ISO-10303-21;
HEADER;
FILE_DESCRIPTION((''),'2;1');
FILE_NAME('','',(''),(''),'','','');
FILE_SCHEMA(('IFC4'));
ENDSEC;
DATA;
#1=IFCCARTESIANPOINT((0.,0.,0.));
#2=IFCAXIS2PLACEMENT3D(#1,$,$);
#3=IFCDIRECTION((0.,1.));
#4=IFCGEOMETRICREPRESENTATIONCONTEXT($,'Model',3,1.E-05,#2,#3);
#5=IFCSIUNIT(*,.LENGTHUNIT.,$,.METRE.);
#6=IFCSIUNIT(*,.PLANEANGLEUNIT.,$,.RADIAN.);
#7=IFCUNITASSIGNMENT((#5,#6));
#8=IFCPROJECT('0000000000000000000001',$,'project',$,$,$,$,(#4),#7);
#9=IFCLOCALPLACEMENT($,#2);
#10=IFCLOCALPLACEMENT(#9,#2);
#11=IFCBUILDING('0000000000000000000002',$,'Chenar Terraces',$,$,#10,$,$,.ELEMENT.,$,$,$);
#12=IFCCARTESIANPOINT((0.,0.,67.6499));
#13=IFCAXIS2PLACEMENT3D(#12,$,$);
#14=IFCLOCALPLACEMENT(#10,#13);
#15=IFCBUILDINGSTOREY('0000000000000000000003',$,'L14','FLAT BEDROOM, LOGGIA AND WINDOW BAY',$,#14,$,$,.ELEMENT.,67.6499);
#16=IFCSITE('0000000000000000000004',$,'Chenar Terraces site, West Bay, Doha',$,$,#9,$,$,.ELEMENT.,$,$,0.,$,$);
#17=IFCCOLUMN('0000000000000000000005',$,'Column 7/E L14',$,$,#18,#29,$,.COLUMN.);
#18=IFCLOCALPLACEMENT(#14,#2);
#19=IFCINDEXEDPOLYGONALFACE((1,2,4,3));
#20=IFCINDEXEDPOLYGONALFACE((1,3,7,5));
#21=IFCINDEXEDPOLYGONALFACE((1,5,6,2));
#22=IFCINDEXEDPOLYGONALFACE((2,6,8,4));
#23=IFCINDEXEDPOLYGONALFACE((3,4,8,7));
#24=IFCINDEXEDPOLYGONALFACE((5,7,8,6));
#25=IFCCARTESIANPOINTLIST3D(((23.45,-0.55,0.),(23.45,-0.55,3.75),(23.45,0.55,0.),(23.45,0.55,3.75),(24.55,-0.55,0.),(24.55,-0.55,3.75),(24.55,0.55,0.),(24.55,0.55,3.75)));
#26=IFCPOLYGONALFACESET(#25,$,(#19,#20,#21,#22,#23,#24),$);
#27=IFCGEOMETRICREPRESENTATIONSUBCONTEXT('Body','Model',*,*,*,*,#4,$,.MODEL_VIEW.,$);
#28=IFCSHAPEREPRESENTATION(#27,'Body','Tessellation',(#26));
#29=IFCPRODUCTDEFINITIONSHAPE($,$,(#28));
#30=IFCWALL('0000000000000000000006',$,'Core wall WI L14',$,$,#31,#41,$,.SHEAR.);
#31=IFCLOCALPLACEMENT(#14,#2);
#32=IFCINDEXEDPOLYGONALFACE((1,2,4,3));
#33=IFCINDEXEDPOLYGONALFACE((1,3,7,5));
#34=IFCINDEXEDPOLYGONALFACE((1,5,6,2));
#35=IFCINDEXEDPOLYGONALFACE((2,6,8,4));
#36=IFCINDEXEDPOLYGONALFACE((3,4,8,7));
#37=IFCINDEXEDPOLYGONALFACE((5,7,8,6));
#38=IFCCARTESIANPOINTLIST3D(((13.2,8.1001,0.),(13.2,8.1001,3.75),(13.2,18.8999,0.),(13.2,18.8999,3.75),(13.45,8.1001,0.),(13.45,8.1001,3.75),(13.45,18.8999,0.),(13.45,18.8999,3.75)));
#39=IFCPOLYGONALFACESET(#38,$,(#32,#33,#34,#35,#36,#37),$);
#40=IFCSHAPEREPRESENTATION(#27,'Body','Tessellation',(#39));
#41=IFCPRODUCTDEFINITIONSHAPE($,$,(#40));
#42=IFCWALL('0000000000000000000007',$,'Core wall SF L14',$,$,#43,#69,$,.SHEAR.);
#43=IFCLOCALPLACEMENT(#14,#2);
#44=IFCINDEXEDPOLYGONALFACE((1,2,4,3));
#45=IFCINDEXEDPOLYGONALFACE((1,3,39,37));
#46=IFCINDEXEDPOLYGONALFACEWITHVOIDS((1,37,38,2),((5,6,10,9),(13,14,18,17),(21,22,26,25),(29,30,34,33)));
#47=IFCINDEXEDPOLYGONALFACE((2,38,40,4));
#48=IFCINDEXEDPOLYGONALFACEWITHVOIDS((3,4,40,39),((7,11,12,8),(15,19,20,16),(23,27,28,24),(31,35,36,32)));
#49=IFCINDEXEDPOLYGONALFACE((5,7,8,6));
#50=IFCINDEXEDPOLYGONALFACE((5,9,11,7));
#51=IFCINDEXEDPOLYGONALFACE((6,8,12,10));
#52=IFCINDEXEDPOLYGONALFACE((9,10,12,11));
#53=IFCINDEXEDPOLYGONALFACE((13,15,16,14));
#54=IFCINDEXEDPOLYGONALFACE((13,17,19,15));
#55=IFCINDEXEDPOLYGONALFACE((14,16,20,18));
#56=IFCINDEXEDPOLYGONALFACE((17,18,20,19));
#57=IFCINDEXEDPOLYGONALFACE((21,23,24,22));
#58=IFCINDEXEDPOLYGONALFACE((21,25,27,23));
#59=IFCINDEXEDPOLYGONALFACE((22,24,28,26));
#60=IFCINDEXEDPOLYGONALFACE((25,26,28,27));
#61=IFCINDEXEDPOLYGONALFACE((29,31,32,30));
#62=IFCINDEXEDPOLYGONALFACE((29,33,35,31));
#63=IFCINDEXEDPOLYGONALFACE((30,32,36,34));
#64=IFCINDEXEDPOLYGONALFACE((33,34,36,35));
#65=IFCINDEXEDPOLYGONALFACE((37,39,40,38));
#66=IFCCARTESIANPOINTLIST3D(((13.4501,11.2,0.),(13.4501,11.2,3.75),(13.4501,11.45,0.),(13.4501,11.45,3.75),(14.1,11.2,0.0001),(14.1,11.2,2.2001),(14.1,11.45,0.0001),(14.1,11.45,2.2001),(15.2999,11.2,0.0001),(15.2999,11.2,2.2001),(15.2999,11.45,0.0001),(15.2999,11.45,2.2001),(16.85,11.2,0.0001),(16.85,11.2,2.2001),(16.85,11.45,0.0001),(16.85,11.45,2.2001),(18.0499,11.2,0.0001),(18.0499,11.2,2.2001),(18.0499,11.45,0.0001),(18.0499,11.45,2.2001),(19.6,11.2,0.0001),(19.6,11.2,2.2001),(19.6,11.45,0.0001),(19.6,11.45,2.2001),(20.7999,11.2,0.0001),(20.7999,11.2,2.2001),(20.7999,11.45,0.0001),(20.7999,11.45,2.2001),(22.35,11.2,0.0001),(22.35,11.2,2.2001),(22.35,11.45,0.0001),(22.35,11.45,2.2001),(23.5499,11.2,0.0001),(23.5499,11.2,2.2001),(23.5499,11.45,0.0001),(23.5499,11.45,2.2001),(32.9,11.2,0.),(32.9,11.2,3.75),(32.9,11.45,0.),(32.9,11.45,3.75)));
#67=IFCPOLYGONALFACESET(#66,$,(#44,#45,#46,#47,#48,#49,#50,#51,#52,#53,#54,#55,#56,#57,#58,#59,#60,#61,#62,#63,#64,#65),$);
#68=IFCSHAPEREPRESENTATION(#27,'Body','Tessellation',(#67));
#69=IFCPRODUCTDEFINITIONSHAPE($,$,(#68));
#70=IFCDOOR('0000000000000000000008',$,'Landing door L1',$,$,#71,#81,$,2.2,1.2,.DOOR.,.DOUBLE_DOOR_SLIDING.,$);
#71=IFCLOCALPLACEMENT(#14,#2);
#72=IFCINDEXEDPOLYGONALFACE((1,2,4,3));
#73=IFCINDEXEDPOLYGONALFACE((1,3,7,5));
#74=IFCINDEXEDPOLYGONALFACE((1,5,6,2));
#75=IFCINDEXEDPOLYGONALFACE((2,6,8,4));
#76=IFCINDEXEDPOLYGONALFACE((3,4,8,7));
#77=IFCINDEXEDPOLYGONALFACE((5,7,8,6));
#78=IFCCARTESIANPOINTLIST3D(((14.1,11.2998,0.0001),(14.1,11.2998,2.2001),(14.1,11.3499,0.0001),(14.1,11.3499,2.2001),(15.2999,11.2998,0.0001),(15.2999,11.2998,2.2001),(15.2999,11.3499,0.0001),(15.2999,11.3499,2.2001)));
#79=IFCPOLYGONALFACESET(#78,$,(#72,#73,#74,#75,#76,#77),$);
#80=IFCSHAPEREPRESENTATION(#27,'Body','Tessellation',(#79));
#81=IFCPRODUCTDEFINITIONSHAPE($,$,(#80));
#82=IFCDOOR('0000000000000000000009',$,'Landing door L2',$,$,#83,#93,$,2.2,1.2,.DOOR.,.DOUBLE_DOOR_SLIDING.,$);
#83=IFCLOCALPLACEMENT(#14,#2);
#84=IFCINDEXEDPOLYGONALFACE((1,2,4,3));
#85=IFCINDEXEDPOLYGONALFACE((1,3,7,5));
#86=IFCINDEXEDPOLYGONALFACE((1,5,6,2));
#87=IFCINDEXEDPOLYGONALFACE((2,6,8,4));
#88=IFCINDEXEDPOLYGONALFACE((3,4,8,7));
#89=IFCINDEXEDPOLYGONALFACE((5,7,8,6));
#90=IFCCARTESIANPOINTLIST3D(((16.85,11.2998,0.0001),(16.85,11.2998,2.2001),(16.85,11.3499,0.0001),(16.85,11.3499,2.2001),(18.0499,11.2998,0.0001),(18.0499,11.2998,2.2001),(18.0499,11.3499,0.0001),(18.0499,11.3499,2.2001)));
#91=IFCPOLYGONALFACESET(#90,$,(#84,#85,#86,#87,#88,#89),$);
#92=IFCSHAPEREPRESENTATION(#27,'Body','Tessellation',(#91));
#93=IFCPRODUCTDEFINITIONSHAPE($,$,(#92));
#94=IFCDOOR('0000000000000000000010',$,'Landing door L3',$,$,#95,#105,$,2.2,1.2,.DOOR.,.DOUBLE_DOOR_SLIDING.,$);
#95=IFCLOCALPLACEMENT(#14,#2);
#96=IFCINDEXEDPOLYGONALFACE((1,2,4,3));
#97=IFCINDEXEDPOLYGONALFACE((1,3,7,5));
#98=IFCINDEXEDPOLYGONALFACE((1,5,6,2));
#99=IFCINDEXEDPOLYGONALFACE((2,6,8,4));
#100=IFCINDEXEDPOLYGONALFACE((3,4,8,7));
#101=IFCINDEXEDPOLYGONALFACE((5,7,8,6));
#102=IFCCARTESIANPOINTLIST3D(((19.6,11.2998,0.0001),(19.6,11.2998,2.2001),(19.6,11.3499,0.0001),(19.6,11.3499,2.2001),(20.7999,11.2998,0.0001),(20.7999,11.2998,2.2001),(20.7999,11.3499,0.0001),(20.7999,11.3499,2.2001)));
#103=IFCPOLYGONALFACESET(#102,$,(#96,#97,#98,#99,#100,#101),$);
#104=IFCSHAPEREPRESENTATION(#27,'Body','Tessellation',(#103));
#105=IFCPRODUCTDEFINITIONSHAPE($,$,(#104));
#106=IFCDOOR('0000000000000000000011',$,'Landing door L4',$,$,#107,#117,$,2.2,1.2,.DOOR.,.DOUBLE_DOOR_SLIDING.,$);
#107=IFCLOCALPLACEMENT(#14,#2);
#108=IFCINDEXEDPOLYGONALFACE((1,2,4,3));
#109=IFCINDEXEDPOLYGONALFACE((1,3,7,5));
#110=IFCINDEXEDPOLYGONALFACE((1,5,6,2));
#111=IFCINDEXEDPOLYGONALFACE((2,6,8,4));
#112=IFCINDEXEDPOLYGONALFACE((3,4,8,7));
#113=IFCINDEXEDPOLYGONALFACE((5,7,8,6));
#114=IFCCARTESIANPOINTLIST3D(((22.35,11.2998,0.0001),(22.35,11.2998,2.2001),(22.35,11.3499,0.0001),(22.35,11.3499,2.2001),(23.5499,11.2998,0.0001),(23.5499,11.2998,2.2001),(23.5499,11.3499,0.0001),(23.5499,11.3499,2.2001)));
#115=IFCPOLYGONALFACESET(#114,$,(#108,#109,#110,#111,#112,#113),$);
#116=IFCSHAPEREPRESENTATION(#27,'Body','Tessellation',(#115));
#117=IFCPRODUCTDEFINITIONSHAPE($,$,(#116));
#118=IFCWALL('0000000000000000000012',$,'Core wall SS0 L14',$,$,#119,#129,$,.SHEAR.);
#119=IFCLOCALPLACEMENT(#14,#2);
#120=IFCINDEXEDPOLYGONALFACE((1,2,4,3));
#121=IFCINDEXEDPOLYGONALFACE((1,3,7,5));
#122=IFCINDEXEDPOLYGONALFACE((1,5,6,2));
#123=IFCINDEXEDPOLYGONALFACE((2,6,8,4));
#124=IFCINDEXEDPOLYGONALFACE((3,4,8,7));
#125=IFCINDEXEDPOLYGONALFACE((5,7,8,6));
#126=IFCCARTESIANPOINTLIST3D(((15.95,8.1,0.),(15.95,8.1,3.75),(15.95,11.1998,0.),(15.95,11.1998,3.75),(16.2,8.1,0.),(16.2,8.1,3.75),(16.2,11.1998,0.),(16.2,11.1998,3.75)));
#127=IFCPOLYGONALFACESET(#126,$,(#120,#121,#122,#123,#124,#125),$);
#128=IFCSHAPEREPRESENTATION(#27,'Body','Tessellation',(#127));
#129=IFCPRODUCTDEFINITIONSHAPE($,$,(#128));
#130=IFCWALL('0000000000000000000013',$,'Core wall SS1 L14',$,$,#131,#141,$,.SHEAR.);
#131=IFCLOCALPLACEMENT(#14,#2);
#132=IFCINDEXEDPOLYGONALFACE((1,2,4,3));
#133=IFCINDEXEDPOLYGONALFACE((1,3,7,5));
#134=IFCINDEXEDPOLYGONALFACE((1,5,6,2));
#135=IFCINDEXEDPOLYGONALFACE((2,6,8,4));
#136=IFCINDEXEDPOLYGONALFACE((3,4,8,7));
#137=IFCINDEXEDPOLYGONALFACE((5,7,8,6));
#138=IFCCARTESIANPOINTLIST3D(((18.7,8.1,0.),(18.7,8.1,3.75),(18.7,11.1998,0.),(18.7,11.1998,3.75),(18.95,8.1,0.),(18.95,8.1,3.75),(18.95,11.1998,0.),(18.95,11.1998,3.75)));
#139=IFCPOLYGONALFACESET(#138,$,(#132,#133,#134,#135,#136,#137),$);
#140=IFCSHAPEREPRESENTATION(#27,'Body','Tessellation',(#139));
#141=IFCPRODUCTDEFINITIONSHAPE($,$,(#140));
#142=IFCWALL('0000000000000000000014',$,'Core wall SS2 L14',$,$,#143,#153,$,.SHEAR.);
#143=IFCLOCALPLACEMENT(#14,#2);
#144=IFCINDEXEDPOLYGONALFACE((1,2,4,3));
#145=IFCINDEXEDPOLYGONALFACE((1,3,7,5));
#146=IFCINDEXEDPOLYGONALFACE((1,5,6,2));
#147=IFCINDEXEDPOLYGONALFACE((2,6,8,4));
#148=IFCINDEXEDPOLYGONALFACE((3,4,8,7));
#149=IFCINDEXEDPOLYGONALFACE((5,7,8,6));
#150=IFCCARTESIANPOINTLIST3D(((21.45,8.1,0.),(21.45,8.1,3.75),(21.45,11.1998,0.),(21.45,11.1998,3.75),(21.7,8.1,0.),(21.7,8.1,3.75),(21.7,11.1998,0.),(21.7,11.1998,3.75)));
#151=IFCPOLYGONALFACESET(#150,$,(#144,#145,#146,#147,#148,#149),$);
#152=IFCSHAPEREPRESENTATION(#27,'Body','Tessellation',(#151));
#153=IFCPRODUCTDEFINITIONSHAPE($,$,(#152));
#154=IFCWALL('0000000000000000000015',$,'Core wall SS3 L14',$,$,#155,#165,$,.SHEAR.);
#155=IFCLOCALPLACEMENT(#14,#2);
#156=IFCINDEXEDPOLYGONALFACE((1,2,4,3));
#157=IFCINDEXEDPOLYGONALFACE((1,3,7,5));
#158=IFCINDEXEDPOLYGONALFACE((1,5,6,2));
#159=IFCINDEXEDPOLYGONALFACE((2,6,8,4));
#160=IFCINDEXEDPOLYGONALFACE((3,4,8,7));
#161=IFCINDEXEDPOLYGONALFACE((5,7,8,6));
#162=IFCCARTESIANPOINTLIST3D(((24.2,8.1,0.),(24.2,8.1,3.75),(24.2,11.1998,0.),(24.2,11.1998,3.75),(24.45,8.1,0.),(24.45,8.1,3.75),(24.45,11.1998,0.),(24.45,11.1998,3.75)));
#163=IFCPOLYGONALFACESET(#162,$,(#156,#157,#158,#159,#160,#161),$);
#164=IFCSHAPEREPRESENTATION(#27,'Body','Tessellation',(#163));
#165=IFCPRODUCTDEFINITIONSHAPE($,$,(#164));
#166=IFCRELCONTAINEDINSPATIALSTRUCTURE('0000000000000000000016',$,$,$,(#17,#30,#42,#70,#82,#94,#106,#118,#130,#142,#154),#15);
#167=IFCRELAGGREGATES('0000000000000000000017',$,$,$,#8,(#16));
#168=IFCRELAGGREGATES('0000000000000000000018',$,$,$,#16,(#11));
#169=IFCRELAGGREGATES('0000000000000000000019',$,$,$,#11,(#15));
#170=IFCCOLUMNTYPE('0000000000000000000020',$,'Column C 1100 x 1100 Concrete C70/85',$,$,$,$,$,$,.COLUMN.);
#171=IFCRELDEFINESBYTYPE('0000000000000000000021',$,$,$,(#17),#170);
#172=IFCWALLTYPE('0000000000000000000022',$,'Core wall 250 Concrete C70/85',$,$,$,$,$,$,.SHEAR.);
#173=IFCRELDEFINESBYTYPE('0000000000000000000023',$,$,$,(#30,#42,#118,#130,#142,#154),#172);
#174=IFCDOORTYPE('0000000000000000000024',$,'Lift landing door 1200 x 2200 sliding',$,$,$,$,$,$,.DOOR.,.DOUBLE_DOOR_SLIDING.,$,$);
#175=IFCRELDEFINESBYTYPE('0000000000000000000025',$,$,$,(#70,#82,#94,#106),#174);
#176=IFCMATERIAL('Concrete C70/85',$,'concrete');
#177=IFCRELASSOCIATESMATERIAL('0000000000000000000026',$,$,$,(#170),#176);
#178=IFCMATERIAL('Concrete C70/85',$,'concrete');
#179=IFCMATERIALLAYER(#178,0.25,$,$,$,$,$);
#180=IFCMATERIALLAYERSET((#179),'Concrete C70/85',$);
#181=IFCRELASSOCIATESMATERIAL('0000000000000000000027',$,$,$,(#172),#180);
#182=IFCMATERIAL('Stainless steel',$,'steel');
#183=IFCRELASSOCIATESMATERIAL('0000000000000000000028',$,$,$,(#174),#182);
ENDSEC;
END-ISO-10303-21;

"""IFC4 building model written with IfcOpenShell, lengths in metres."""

from ifc_helpers import new_model, si_unit, direction, frame, frame_2d, origin, origin_2d, place, context, subcontext, project, spatial, rectangle, extrude, material, layer, layer_set, material_profile, profile_set, type_object, element, fill, save


model = new_model("IFC4")

# Units and contexts
model_context = context("Model", 3, precision=1e-05, world=origin(), true_north=direction((0.0, 1.0)))
body_context = subcontext(model_context, "Body", "Model", "MODEL_VIEW")
ifc_project = project(units=[si_unit("LENGTHUNIT", "METRE"), si_unit("PLANEANGLEUNIT", "RADIAN")], contexts=[model_context])

# Site, building, storey
site_placement = place(None, origin())
site = spatial("IfcSite", under=ifc_project, at=site_placement, Name="Chenar Terraces site, West Bay, Doha", CompositionType="ELEMENT", RefElevation=0.0)
building_placement = place(site_placement, origin())
building = spatial("IfcBuilding", under=site, at=building_placement, Name="Chenar Terraces", CompositionType="ELEMENT")
storey_placement = place(building_placement, frame((0.0, 0.0, 67.6499)))
storey = spatial("IfcBuildingStorey", under=building, at=storey_placement, Name="L14", Description="FLAT BEDROOM, LOGGIA AND WINDOW BAY", CompositionType="ELEMENT", Elevation=67.6499)

# Column
ifc_material_1 = material(Name="Concrete C70/85", Category="concrete")
ifc_material_profile = material_profile(ifc_material_1, rectangle(XDim=1.1001, YDim=1.1001, at=origin_2d()), Name="C 1100 x 1100")
ifc_profile_set = profile_set([ifc_material_profile], Name="Concrete C70/85")
column_type = type_object("IfcColumnType", Name="Column C 1100 x 1100 Concrete C70/85", PredefinedType="COLUMN", material=ifc_profile_set)
column_placement = place(storey_placement, frame((24.0, 0.0, 0.0), z_axis=(0.0, 0.0, 1.0), x_axis=(1.0, 0.0, 0.0)))
element("IfcColumn", 1, at=column_placement, inside=storey, type_object=column_type, Name="Column 7/E L14", PredefinedType="COLUMN", context=body_context, shape_type="SweptSolid", body=[
    extrude(rectangle(XDim=1.1001, YDim=1.1001, at=origin_2d()), origin(), (0.0, 0.0, 1.0), 3.75),
])

# Wall
ifc_material_2 = material(Name="Concrete C70/85", Category="concrete")
ifc_layer_1 = layer(ifc_material_2, 0.25)
ifc_layer_set_1 = layer_set([ifc_layer_1], Name="Concrete C70/85")
wall_type_1 = type_object("IfcWallType", Name="Core wall 250 Concrete C70/85", PredefinedType="SHEAR", material=ifc_layer_set_1)
wall_1_placement = place(storey_placement, frame((13.325, 8.1001, 0.0), z_axis=(0.0, 0.0, 1.0), x_axis=(0.0, 1.0, 0.0)))
element("IfcWall", 2, at=wall_1_placement, inside=storey, type_object=wall_type_1, Name="Core wall WI L14", PredefinedType="SHEAR", context=body_context, shape_type="SweptSolid", body=[
    extrude(rectangle(XDim=10.7998, YDim=0.25, at=frame_2d((5.3999, 0.0))), origin(), (0.0, 0.0, 1.0), 3.75),
])

# Wall, openings, doors
wall_2_placement = place(storey_placement, frame((13.45, 11.325, 0.0), z_axis=(0.0, 0.0, 1.0), x_axis=(1.0, 0.0, 0.0)))
wall_2 = element("IfcWall", 3, at=wall_2_placement, inside=storey, type_object=wall_type_1, Name="Core wall SF L14", PredefinedType="SHEAR", context=body_context, shape_type="SweptSolid", body=[
    extrude(rectangle(XDim=19.45, YDim=0.25, at=frame_2d((9.7251, 0.0))), origin(), (0.0, 0.0, 1.0), 3.75),
])
opening_1_placement = place(wall_2_placement, frame((0.6499, 0.0, 0.0)))
opening_1 = element("IfcOpeningElement", 4, at=opening_1_placement, cuts=wall_2, PredefinedType="OPENING", context=body_context, shape_type="SweptSolid", body=[
    extrude(rectangle(XDim=1.2, YDim=2.2, at=frame_2d((0.6001, 1.1001))), frame((0.0, 0.135, 0.0), z_axis=(0.0, -1.0, 0.0), x_axis=(1.0, 0.0, 0.0)), (0.0, 0.0, 1.0), 0.27),
])
opening_2_placement = place(wall_2_placement, frame((3.3999, 0.0, 0.0)))
opening_2 = element("IfcOpeningElement", 5, at=opening_2_placement, cuts=wall_2, PredefinedType="OPENING", context=body_context, shape_type="SweptSolid", body=[
    extrude(rectangle(XDim=1.2, YDim=2.2, at=frame_2d((0.6001, 1.1001))), frame((0.0, 0.135, 0.0), z_axis=(0.0, -1.0, 0.0), x_axis=(1.0, 0.0, 0.0)), (0.0, 0.0, 1.0), 0.27),
])
opening_3_placement = place(wall_2_placement, frame((6.1499, 0.0, 0.0)))
opening_3 = element("IfcOpeningElement", 6, at=opening_3_placement, cuts=wall_2, PredefinedType="OPENING", context=body_context, shape_type="SweptSolid", body=[
    extrude(rectangle(XDim=1.2, YDim=2.2, at=frame_2d((0.6001, 1.1001))), frame((0.0, 0.135, 0.0), z_axis=(0.0, -1.0, 0.0), x_axis=(1.0, 0.0, 0.0)), (0.0, 0.0, 1.0), 0.27),
])
opening_4_placement = place(wall_2_placement, frame((8.8999, 0.0, 0.0)))
opening_4 = element("IfcOpeningElement", 7, at=opening_4_placement, cuts=wall_2, PredefinedType="OPENING", context=body_context, shape_type="SweptSolid", body=[
    extrude(rectangle(XDim=1.2, YDim=2.2, at=frame_2d((0.6001, 1.1001))), frame((0.0, 0.135, 0.0), z_axis=(0.0, -1.0, 0.0), x_axis=(1.0, 0.0, 0.0)), (0.0, 0.0, 1.0), 0.27),
])
ifc_material_3 = material(Name="Stainless steel", Category="steel")
door_type_1 = type_object("IfcDoorType", Name="Lift landing door 1200 x 2200 sliding", OperationType="DOUBLE_DOOR_SLIDING", PredefinedType="DOOR", material=ifc_material_3)
door_1_placement = place(opening_1_placement, origin())
door_1 = element("IfcDoor", 8, at=door_1_placement, inside=storey, type_object=door_type_1, Name="Landing door L1", OperationType="DOUBLE_DOOR_SLIDING", OverallHeight=2.2, OverallWidth=1.2, PredefinedType="DOOR", context=body_context, shape_type="SweptSolid", body=[
    extrude(rectangle(XDim=1.2, YDim=2.2, at=frame_2d((0.6001, 1.1001))), frame((0.0, 0.0249, 0.0), z_axis=(0.0, -1.0, 0.0), x_axis=(1.0, 0.0, 0.0)), (0.0, 0.0, 1.0), 0.05),
])
fill(opening_1, door_1)
door_2_placement = place(opening_2_placement, origin())
door_2 = element("IfcDoor", 9, at=door_2_placement, inside=storey, type_object=door_type_1, Name="Landing door L2", OperationType="DOUBLE_DOOR_SLIDING", OverallHeight=2.2, OverallWidth=1.2, PredefinedType="DOOR", context=body_context, shape_type="SweptSolid", body=[
    extrude(rectangle(XDim=1.2, YDim=2.2, at=frame_2d((0.6001, 1.1001))), frame((0.0, 0.0249, 0.0), z_axis=(0.0, -1.0, 0.0), x_axis=(1.0, 0.0, 0.0)), (0.0, 0.0, 1.0), 0.05),
])
fill(opening_2, door_2)
door_3_placement = place(opening_3_placement, origin())
door_3 = element("IfcDoor", 10, at=door_3_placement, inside=storey, type_object=door_type_1, Name="Landing door L3", OperationType="DOUBLE_DOOR_SLIDING", OverallHeight=2.2, OverallWidth=1.2, PredefinedType="DOOR", context=body_context, shape_type="SweptSolid", body=[
    extrude(rectangle(XDim=1.2, YDim=2.2, at=frame_2d((0.6001, 1.1001))), frame((0.0, 0.0249, 0.0), z_axis=(0.0, -1.0, 0.0), x_axis=(1.0, 0.0, 0.0)), (0.0, 0.0, 1.0), 0.05),
])
fill(opening_3, door_3)
door_4_placement = place(opening_4_placement, origin())
door_4 = element("IfcDoor", 11, at=door_4_placement, inside=storey, type_object=door_type_1, Name="Landing door L4", OperationType="DOUBLE_DOOR_SLIDING", OverallHeight=2.2, OverallWidth=1.2, PredefinedType="DOOR", context=body_context, shape_type="SweptSolid", body=[
    extrude(rectangle(XDim=1.2, YDim=2.2, at=frame_2d((0.6001, 1.1001))), frame((0.0, 0.0249, 0.0), z_axis=(0.0, -1.0, 0.0), x_axis=(1.0, 0.0, 0.0)), (0.0, 0.0, 1.0), 0.05),
])
fill(opening_4, door_4)

# Walls
for number, where, z_axis, x_axis, name in (
    (12, (16.075, 8.1001, 0.0), (0.0, 0.0, 1.0), (0.0, 1.0, 0.0), "Core wall SS0 L14"),
    (13, (18.825, 8.1001, 0.0), (0.0, 0.0, 1.0), (0.0, 1.0, 0.0), "Core wall SS1 L14"),
    (14, (21.575, 8.1001, 0.0), (0.0, 0.0, 1.0), (0.0, 1.0, 0.0), "Core wall SS2 L14"),
    (15, (24.325, 8.1001, 0.0), (0.0, 0.0, 1.0), (0.0, 1.0, 0.0), "Core wall SS3 L14"),
):
    element("IfcWall", number, at=place(storey_placement, frame(where, z_axis=z_axis, x_axis=x_axis)), inside=storey, type_object=wall_type_1, Name=name, PredefinedType="SHEAR", context=body_context, shape_type="SweptSolid", body=[
        extrude(rectangle(XDim=3.0999, YDim=0.25, at=frame_2d((1.5498, 0.0))), origin(), (0.0, 0.0, 1.0), 3.75),
    ])

save(model, "model.ifc")
